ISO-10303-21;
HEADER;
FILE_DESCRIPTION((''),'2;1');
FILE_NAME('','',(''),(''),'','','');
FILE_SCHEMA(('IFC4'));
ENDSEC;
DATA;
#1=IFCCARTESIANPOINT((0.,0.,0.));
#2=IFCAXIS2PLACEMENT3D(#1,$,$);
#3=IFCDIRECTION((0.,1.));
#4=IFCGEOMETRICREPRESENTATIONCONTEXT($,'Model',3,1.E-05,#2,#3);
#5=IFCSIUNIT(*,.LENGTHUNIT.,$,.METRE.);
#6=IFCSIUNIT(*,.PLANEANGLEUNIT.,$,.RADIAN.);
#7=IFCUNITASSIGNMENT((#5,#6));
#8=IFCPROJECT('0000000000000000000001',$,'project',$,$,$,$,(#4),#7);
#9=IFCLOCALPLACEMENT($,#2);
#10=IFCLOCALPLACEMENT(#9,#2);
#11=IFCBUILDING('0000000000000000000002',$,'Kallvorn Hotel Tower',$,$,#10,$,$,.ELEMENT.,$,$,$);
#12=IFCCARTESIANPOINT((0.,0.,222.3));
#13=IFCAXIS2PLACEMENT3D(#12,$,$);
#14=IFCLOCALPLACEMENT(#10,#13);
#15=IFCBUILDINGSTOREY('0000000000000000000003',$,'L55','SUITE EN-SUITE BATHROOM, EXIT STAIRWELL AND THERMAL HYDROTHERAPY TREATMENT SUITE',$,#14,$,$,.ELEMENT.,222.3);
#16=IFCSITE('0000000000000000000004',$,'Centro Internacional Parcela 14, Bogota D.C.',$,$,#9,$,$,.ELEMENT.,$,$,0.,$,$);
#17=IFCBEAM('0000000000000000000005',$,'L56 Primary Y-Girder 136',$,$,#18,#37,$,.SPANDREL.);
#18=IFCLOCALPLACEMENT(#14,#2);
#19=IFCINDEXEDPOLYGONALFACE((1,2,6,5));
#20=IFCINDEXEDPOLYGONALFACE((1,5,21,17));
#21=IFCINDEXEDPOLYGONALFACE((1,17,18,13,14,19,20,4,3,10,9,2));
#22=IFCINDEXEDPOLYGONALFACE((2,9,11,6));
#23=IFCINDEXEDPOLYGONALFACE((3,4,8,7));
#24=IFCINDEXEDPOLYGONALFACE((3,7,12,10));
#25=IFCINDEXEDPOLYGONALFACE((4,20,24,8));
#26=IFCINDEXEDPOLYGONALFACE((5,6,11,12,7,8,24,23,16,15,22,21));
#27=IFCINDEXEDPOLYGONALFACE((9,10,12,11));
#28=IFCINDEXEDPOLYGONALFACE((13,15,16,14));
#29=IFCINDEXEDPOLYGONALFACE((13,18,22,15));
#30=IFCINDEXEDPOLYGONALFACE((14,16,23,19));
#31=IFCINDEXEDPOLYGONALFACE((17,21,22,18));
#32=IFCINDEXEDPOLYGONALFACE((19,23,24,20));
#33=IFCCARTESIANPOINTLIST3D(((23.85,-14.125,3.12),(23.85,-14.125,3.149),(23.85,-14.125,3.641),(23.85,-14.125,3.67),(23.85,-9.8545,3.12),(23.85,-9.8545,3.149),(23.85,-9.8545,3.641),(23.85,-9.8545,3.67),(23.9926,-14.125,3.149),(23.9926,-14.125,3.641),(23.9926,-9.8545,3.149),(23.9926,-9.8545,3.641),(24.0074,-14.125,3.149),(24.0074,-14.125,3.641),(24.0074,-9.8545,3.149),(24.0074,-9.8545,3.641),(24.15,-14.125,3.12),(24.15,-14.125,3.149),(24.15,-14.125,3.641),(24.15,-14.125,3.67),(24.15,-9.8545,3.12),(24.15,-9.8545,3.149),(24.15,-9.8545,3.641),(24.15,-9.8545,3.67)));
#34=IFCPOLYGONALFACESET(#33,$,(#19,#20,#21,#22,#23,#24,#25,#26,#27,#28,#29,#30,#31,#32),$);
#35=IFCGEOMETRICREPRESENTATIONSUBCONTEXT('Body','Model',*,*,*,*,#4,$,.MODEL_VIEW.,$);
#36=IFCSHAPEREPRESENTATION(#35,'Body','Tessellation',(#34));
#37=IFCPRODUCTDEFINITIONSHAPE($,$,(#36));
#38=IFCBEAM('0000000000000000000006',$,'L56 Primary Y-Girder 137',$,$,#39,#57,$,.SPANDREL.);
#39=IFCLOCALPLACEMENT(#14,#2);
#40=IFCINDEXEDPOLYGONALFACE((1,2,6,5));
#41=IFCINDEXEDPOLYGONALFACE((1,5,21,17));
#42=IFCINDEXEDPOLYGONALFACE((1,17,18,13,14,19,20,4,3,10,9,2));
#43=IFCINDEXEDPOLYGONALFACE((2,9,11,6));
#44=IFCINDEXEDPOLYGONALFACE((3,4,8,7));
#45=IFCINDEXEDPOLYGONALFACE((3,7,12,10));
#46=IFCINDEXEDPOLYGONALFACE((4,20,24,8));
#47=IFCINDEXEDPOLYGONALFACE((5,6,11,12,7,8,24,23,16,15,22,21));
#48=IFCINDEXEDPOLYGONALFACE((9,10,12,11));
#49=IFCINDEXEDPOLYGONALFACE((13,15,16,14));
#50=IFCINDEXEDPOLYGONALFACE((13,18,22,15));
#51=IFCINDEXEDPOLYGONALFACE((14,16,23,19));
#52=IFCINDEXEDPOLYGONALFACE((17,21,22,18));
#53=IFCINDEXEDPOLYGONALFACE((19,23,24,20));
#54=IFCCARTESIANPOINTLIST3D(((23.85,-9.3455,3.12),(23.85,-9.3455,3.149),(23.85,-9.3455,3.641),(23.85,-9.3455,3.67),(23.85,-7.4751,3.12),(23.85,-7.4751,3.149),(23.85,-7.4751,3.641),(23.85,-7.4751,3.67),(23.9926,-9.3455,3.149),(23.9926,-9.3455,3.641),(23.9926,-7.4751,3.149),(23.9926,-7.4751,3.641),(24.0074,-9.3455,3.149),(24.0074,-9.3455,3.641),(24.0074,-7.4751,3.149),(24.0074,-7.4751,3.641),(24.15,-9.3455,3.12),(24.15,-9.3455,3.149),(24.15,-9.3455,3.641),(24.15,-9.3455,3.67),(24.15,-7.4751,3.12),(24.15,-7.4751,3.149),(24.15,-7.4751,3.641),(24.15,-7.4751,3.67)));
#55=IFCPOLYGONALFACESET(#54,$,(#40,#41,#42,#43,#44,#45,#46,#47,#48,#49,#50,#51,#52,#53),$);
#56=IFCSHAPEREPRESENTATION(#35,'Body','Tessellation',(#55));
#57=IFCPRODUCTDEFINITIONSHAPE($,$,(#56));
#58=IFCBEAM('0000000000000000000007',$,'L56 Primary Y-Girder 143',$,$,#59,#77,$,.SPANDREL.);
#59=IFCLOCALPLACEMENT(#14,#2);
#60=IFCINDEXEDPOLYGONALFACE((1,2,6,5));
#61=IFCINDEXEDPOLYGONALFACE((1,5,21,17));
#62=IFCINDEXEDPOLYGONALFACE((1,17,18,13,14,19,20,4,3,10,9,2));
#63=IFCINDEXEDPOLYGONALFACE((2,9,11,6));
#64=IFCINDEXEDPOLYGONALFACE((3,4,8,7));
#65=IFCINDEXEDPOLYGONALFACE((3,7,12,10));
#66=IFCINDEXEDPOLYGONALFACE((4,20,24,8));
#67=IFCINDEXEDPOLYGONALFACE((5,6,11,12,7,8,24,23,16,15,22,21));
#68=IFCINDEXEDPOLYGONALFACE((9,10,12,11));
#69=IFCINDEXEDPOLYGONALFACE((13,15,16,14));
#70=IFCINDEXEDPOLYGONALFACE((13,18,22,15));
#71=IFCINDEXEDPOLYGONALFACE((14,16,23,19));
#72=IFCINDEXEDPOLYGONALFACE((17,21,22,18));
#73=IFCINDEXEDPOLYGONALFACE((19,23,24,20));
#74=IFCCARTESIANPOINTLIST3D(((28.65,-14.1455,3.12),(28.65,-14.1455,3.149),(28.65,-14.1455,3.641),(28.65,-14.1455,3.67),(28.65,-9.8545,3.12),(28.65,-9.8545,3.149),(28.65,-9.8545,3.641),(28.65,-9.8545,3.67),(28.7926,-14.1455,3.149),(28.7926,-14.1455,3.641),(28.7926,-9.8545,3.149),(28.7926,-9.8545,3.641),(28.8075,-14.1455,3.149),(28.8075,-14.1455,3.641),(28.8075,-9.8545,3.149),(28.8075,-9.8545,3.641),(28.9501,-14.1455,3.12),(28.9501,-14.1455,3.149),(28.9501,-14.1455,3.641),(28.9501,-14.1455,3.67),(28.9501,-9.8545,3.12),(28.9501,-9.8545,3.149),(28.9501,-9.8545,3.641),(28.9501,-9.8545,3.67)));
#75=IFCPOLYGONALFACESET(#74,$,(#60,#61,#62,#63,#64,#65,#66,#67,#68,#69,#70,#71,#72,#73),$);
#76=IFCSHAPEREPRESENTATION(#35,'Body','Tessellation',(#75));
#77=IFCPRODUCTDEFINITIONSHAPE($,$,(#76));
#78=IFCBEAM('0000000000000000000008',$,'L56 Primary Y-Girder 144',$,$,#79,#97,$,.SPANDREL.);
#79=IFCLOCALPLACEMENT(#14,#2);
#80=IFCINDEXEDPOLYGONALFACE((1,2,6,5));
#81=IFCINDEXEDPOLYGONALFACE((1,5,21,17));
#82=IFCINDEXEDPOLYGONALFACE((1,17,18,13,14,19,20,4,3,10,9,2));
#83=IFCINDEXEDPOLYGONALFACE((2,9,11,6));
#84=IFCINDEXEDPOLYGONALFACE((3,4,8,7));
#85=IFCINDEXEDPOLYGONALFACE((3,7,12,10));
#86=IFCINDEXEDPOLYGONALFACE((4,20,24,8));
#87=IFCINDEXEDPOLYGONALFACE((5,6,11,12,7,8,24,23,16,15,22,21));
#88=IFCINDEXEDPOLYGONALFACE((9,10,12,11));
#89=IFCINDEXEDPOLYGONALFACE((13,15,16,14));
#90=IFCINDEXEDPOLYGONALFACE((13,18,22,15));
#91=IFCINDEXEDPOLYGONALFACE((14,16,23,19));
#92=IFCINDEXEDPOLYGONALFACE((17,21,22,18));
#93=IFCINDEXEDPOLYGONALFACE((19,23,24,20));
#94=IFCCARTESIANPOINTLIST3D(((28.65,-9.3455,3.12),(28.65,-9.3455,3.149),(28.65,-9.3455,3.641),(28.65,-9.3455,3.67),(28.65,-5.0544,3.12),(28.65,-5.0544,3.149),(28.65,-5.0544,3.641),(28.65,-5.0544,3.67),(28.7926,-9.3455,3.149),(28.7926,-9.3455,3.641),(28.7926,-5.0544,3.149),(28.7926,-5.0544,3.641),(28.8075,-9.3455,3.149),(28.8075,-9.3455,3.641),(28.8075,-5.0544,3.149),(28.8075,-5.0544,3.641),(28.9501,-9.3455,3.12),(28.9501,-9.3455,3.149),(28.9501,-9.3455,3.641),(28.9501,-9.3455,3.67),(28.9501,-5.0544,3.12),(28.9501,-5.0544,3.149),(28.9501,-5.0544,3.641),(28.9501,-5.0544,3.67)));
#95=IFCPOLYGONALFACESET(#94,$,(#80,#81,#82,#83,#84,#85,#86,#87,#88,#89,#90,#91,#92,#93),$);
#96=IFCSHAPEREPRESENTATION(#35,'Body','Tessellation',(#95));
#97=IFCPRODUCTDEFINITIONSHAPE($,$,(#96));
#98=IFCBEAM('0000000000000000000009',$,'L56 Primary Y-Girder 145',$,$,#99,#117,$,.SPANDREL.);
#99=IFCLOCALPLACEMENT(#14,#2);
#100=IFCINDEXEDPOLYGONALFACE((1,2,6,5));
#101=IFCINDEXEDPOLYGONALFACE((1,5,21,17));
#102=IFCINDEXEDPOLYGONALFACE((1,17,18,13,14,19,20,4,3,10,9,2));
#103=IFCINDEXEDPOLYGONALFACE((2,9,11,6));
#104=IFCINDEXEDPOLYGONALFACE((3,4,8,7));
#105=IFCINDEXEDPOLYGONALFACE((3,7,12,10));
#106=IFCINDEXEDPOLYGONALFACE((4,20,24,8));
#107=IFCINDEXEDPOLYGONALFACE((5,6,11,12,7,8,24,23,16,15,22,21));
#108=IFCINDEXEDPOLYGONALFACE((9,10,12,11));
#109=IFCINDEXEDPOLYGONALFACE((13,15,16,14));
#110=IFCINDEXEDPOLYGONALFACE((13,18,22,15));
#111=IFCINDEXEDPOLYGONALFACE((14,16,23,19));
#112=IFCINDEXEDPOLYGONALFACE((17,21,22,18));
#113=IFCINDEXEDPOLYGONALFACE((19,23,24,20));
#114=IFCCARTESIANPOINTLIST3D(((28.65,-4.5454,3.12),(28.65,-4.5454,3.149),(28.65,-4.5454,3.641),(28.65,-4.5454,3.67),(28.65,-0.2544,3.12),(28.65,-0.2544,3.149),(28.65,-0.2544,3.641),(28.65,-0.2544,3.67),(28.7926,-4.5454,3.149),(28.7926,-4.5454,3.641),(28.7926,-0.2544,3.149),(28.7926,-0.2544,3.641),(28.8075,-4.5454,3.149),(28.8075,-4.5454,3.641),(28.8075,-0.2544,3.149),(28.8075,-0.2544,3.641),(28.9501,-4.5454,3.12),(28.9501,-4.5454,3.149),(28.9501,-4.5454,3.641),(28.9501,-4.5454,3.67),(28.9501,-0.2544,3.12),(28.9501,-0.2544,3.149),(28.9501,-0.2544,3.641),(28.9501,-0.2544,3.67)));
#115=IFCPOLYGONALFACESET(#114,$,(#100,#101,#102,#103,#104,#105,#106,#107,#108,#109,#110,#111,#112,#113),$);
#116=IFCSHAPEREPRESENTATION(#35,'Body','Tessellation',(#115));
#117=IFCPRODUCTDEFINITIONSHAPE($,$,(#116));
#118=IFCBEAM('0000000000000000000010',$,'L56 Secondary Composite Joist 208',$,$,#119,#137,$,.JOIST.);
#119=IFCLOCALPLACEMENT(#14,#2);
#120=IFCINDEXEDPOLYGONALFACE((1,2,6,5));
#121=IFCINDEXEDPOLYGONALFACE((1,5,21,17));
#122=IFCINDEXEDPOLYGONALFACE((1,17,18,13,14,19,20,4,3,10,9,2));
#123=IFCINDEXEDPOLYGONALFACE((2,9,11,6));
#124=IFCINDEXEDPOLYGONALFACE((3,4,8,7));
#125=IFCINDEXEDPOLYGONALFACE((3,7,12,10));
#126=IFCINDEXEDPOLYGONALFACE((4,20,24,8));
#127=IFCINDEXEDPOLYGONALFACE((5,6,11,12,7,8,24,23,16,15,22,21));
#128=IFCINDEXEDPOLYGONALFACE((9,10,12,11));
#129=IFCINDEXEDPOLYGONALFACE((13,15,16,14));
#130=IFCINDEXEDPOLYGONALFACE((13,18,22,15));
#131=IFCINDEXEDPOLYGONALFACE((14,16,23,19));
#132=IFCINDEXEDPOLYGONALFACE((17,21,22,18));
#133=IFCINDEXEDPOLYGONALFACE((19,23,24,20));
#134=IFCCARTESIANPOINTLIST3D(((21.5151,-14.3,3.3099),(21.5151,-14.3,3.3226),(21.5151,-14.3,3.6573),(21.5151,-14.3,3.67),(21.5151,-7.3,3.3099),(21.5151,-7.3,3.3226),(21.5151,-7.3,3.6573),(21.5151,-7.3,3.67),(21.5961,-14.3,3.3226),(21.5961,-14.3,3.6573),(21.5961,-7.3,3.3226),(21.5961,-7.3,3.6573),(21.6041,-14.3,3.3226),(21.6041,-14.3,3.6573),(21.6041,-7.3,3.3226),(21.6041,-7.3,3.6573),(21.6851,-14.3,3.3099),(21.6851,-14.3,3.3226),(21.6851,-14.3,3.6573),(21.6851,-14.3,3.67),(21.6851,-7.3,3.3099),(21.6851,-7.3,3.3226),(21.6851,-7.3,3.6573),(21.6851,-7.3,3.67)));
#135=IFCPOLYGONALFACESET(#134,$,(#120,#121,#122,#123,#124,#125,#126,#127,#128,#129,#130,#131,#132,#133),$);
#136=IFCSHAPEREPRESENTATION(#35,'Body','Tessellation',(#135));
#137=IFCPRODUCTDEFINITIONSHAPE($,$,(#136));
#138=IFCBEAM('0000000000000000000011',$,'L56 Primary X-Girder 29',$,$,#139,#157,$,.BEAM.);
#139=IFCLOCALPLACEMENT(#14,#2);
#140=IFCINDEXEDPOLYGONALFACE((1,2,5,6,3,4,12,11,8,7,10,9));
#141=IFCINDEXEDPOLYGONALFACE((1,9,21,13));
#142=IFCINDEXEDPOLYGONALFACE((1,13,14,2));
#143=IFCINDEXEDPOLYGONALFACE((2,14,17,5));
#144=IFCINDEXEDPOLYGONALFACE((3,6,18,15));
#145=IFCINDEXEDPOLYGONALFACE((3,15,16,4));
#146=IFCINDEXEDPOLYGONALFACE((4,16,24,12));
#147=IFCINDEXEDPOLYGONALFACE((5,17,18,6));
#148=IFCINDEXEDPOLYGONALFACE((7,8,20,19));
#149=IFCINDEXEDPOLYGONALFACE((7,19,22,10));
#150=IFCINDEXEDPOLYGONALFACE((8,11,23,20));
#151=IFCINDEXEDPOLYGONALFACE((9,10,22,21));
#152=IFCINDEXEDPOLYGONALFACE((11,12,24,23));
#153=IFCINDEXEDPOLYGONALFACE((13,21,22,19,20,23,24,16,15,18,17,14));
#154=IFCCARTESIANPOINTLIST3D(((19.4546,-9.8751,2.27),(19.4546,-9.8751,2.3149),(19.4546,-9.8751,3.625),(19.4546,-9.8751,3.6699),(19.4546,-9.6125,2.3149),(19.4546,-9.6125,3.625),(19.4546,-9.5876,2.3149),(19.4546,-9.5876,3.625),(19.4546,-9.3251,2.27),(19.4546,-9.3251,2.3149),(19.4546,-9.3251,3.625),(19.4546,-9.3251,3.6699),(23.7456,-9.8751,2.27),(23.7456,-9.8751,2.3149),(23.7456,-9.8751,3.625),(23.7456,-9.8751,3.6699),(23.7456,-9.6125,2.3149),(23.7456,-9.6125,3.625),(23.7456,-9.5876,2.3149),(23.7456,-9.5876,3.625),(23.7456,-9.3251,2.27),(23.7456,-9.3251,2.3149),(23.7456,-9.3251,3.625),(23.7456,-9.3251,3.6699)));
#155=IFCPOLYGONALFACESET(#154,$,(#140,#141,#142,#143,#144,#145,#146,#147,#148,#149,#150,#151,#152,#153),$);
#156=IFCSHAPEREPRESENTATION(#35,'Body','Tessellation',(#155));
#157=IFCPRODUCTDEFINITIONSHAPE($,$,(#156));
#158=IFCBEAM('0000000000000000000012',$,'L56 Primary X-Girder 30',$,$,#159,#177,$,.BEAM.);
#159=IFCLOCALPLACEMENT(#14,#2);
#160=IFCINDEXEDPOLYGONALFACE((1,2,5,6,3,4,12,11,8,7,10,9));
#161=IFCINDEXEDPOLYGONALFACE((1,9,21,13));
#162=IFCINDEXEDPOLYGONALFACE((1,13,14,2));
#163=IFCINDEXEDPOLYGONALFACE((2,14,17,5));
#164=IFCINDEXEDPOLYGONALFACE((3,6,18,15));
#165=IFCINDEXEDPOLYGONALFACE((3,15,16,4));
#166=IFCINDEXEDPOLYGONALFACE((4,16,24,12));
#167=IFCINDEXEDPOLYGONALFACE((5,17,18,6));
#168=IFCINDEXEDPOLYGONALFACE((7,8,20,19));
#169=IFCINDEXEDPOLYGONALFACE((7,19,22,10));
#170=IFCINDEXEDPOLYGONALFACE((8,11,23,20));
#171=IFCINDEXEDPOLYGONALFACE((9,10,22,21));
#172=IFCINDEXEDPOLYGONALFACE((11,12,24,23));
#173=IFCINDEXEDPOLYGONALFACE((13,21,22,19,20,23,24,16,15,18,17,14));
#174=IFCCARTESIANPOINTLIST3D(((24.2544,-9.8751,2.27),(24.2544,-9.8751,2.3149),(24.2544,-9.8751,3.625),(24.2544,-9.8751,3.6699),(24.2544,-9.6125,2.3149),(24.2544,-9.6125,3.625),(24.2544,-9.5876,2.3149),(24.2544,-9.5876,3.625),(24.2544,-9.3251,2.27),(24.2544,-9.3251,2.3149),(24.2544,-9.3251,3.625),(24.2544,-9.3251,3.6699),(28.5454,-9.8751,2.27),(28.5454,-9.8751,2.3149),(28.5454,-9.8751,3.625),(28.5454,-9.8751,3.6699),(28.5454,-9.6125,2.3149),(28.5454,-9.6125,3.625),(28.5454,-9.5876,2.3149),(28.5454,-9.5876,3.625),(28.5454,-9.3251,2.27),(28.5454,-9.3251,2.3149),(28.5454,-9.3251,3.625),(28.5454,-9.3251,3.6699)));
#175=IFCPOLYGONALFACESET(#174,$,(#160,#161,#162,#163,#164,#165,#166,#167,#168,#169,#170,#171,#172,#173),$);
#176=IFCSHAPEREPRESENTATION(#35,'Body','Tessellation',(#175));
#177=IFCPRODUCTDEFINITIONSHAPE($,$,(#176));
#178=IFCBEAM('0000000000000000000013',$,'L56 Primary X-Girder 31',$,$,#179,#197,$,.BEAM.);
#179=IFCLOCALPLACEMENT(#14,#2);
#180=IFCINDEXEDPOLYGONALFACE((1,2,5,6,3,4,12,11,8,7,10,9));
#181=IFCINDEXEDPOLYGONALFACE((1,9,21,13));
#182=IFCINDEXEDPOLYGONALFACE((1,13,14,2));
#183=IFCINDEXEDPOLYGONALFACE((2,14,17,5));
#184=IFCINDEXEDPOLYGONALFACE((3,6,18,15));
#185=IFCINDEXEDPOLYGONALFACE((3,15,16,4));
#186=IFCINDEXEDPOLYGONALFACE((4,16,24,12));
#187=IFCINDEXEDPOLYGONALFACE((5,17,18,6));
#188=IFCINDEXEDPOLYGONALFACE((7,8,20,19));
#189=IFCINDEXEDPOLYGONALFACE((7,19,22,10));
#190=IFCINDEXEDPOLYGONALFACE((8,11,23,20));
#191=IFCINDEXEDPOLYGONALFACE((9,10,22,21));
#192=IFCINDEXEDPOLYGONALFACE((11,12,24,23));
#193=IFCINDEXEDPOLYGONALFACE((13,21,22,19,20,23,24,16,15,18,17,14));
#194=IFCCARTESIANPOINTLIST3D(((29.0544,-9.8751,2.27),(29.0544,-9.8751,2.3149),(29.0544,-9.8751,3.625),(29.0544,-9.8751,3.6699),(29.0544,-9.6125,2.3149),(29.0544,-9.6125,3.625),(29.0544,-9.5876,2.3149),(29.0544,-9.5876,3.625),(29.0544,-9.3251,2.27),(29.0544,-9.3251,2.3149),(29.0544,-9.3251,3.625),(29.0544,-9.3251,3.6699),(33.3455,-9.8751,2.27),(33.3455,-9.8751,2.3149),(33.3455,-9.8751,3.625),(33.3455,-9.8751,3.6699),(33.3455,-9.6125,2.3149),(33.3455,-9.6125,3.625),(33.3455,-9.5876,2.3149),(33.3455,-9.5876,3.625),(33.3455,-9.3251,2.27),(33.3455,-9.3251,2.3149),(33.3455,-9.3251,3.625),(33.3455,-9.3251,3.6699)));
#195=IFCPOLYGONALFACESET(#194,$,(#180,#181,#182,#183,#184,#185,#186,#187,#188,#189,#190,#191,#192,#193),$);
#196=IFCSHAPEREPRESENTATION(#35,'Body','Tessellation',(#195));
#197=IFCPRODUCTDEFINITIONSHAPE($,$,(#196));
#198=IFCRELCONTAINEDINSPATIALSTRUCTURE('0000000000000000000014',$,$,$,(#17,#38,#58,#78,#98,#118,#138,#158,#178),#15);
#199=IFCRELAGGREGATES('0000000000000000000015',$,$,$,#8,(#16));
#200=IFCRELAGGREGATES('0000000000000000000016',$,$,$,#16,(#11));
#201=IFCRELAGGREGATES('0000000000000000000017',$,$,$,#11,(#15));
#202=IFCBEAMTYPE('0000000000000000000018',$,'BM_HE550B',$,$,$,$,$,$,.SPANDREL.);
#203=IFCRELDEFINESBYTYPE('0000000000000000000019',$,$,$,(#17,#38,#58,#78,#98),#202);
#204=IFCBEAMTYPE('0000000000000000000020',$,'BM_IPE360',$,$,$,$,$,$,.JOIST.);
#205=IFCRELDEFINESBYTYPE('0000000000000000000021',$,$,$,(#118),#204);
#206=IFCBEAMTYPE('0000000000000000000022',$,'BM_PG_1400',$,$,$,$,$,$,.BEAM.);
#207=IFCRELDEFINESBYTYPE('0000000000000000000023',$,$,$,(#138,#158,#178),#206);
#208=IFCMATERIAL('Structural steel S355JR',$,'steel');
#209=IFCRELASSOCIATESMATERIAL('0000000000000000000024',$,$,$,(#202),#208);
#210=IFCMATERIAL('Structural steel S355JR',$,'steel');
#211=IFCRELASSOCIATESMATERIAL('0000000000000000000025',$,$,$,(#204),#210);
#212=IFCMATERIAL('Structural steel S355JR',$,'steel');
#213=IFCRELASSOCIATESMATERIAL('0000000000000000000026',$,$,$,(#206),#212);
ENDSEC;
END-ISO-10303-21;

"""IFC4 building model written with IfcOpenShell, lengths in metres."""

from ifc_helpers import new_model, si_unit, direction, frame, origin, origin_2d, place, context, subcontext, project, spatial, i_section, extrude, material, material_profile, profile_set, type_object, element, save


model = new_model("IFC4")

# Units and contexts
model_context = context("Model", 3, precision=1e-05, world=origin(), true_north=direction((0.0, 1.0)))
body_context = subcontext(model_context, "Body", "Model", "MODEL_VIEW")
ifc_project = project(units=[si_unit("LENGTHUNIT", "METRE"), si_unit("PLANEANGLEUNIT", "RADIAN")], contexts=[model_context])

# Site, building, storey
site_placement = place(None, origin())
site = spatial("IfcSite", under=ifc_project, at=site_placement, Name="Centro Internacional Parcela 14, Bogota D.C.", CompositionType="ELEMENT", RefElevation=0.0)
building_placement = place(site_placement, origin())
building = spatial("IfcBuilding", under=site, at=building_placement, Name="Kallvorn Hotel Tower", CompositionType="ELEMENT")
storey_placement = place(building_placement, frame((0.0, 0.0, 222.3)))
storey = spatial("IfcBuildingStorey", under=building, at=storey_placement, Name="L55", Description="SUITE EN-SUITE BATHROOM, EXIT STAIRWELL AND THERMAL HYDROTHERAPY TREATMENT SUITE", CompositionType="ELEMENT", Elevation=222.3)

# Beams
ifc_material_1 = material(Name="Structural steel S355JR", Category="steel")
ifc_material_profile_1 = material_profile(ifc_material_1, i_section(OverallWidth=0.3, OverallDepth=0.55, WebThickness=0.0149, FlangeThickness=0.0291, at=origin_2d()), Name="HE 550 B")
ifc_profile_set_1 = profile_set([ifc_material_profile_1], Name="Structural steel S355JR")
beam_type_1 = type_object("IfcBeamType", Name="BM_HE550B", PredefinedType="SPANDREL", material=ifc_profile_set_1)
beam_1_placement = place(storey_placement, frame((24.0, -14.125, 3.395), z_axis=(0.0, 1.0, 0.0), x_axis=(-1.0, 0.0, 0.0)))
element("IfcBeam", 1, at=beam_1_placement, inside=storey, type_object=beam_type_1, Name="L56 Primary Y-Girder 136", PredefinedType="SPANDREL", context=body_context, shape_type="SweptSolid", body=[
    extrude(i_section(OverallWidth=0.3, OverallDepth=0.55, WebThickness=0.0149, FlangeThickness=0.0291, at=origin_2d()), origin(), (0.0, 0.0, 1.0), 4.2705),
])
beam_2_placement = place(storey_placement, frame((24.0, -9.3455, 3.395), z_axis=(0.0, 1.0, 0.0), x_axis=(-1.0, 0.0, 0.0)))
element("IfcBeam", 2, at=beam_2_placement, inside=storey, type_object=beam_type_1, Name="L56 Primary Y-Girder 137", PredefinedType="SPANDREL", context=body_context, shape_type="SweptSolid", body=[
    extrude(i_section(OverallWidth=0.3, OverallDepth=0.55, WebThickness=0.0149, FlangeThickness=0.0291, at=origin_2d()), origin(), (0.0, 0.0, 1.0), 1.8704),
])
for number, where, z_axis, x_axis, name in (
    (3, (28.8, -14.1455, 3.395), (0.0, 1.0, 0.0), (-1.0, 0.0, 0.0), "L56 Primary Y-Girder 143"),
    (4, (28.8, -9.3455, 3.395), (0.0, 1.0, 0.0), (-1.0, 0.0, 0.0), "L56 Primary Y-Girder 144"),
    (5, (28.8, -4.5454, 3.395), (0.0, 1.0, 0.0), (-1.0, 0.0, 0.0), "L56 Primary Y-Girder 145"),
):
    element("IfcBeam", number, at=place(storey_placement, frame(where, z_axis=z_axis, x_axis=x_axis)), inside=storey, type_object=beam_type_1, Name=name, PredefinedType="SPANDREL", context=body_context, shape_type="SweptSolid", body=[
        extrude(i_section(OverallWidth=0.3, OverallDepth=0.55, WebThickness=0.0149, FlangeThickness=0.0291, at=origin_2d()), origin(), (0.0, 0.0, 1.0), 4.291),
    ])
ifc_material_2 = material(Name="Structural steel S355JR", Category="steel")
ifc_material_profile_2 = material_profile(ifc_material_2, i_section(OverallWidth=0.1699, OverallDepth=0.3601, WebThickness=0.0081, FlangeThickness=0.0127, at=origin_2d()), Name="IPE 360")
ifc_profile_set_2 = profile_set([ifc_material_profile_2], Name="Structural steel S355JR")
beam_type_2 = type_object("IfcBeamType", Name="BM_IPE360", PredefinedType="JOIST", material=ifc_profile_set_2)
beam_3_placement = place(storey_placement, frame((21.6001, -14.3, 3.49), z_axis=(0.0, 1.0, 0.0), x_axis=(-1.0, 0.0, 0.0)))
element("IfcBeam", 6, at=beam_3_placement, inside=storey, type_object=beam_type_2, Name="L56 Secondary Composite Joist 208", PredefinedType="JOIST", context=body_context, shape_type="SweptSolid", body=[
    extrude(i_section(OverallWidth=0.1699, OverallDepth=0.3601, WebThickness=0.0081, FlangeThickness=0.0127, at=origin_2d()), origin(), (0.0, 0.0, 1.0), 7.0),
])
ifc_material_3 = material(Name="Structural steel S355JR", Category="steel")
ifc_material_profile_3 = material_profile(ifc_material_3, i_section(OverallWidth=0.55, OverallDepth=1.3999, WebThickness=0.0249, FlangeThickness=0.0449, at=origin_2d()), Name="PG 1400x550x25x45")
ifc_profile_set_3 = profile_set([ifc_material_profile_3], Name="Structural steel S355JR")
beam_type_3 = type_object("IfcBeamType", Name="BM_PG_1400", PredefinedType="BEAM", material=ifc_profile_set_3)
for number, where, z_axis, x_axis, name in (
    (7, (19.4546, -9.6001, 2.97), (1.0, 0.0, 0.0), (0.0, 1.0, 0.0), "L56 Primary X-Girder 29"),
    (8, (24.2544, -9.6001, 2.97), (1.0, 0.0, 0.0), (0.0, 1.0, 0.0), "L56 Primary X-Girder 30"),
    (9, (29.0544, -9.6001, 2.97), (1.0, 0.0, 0.0), (0.0, 1.0, 0.0), "L56 Primary X-Girder 31"),
):
    element("IfcBeam", number, at=place(storey_placement, frame(where, z_axis=z_axis, x_axis=x_axis)), inside=storey, type_object=beam_type_3, Name=name, PredefinedType="BEAM", context=body_context, shape_type="SweptSolid", body=[
        extrude(i_section(OverallWidth=0.55, OverallDepth=1.3999, WebThickness=0.0249, FlangeThickness=0.0449, at=origin_2d()), origin(), (0.0, 0.0, 1.0), 4.291),
    ])

save(model, "model.ifc")
